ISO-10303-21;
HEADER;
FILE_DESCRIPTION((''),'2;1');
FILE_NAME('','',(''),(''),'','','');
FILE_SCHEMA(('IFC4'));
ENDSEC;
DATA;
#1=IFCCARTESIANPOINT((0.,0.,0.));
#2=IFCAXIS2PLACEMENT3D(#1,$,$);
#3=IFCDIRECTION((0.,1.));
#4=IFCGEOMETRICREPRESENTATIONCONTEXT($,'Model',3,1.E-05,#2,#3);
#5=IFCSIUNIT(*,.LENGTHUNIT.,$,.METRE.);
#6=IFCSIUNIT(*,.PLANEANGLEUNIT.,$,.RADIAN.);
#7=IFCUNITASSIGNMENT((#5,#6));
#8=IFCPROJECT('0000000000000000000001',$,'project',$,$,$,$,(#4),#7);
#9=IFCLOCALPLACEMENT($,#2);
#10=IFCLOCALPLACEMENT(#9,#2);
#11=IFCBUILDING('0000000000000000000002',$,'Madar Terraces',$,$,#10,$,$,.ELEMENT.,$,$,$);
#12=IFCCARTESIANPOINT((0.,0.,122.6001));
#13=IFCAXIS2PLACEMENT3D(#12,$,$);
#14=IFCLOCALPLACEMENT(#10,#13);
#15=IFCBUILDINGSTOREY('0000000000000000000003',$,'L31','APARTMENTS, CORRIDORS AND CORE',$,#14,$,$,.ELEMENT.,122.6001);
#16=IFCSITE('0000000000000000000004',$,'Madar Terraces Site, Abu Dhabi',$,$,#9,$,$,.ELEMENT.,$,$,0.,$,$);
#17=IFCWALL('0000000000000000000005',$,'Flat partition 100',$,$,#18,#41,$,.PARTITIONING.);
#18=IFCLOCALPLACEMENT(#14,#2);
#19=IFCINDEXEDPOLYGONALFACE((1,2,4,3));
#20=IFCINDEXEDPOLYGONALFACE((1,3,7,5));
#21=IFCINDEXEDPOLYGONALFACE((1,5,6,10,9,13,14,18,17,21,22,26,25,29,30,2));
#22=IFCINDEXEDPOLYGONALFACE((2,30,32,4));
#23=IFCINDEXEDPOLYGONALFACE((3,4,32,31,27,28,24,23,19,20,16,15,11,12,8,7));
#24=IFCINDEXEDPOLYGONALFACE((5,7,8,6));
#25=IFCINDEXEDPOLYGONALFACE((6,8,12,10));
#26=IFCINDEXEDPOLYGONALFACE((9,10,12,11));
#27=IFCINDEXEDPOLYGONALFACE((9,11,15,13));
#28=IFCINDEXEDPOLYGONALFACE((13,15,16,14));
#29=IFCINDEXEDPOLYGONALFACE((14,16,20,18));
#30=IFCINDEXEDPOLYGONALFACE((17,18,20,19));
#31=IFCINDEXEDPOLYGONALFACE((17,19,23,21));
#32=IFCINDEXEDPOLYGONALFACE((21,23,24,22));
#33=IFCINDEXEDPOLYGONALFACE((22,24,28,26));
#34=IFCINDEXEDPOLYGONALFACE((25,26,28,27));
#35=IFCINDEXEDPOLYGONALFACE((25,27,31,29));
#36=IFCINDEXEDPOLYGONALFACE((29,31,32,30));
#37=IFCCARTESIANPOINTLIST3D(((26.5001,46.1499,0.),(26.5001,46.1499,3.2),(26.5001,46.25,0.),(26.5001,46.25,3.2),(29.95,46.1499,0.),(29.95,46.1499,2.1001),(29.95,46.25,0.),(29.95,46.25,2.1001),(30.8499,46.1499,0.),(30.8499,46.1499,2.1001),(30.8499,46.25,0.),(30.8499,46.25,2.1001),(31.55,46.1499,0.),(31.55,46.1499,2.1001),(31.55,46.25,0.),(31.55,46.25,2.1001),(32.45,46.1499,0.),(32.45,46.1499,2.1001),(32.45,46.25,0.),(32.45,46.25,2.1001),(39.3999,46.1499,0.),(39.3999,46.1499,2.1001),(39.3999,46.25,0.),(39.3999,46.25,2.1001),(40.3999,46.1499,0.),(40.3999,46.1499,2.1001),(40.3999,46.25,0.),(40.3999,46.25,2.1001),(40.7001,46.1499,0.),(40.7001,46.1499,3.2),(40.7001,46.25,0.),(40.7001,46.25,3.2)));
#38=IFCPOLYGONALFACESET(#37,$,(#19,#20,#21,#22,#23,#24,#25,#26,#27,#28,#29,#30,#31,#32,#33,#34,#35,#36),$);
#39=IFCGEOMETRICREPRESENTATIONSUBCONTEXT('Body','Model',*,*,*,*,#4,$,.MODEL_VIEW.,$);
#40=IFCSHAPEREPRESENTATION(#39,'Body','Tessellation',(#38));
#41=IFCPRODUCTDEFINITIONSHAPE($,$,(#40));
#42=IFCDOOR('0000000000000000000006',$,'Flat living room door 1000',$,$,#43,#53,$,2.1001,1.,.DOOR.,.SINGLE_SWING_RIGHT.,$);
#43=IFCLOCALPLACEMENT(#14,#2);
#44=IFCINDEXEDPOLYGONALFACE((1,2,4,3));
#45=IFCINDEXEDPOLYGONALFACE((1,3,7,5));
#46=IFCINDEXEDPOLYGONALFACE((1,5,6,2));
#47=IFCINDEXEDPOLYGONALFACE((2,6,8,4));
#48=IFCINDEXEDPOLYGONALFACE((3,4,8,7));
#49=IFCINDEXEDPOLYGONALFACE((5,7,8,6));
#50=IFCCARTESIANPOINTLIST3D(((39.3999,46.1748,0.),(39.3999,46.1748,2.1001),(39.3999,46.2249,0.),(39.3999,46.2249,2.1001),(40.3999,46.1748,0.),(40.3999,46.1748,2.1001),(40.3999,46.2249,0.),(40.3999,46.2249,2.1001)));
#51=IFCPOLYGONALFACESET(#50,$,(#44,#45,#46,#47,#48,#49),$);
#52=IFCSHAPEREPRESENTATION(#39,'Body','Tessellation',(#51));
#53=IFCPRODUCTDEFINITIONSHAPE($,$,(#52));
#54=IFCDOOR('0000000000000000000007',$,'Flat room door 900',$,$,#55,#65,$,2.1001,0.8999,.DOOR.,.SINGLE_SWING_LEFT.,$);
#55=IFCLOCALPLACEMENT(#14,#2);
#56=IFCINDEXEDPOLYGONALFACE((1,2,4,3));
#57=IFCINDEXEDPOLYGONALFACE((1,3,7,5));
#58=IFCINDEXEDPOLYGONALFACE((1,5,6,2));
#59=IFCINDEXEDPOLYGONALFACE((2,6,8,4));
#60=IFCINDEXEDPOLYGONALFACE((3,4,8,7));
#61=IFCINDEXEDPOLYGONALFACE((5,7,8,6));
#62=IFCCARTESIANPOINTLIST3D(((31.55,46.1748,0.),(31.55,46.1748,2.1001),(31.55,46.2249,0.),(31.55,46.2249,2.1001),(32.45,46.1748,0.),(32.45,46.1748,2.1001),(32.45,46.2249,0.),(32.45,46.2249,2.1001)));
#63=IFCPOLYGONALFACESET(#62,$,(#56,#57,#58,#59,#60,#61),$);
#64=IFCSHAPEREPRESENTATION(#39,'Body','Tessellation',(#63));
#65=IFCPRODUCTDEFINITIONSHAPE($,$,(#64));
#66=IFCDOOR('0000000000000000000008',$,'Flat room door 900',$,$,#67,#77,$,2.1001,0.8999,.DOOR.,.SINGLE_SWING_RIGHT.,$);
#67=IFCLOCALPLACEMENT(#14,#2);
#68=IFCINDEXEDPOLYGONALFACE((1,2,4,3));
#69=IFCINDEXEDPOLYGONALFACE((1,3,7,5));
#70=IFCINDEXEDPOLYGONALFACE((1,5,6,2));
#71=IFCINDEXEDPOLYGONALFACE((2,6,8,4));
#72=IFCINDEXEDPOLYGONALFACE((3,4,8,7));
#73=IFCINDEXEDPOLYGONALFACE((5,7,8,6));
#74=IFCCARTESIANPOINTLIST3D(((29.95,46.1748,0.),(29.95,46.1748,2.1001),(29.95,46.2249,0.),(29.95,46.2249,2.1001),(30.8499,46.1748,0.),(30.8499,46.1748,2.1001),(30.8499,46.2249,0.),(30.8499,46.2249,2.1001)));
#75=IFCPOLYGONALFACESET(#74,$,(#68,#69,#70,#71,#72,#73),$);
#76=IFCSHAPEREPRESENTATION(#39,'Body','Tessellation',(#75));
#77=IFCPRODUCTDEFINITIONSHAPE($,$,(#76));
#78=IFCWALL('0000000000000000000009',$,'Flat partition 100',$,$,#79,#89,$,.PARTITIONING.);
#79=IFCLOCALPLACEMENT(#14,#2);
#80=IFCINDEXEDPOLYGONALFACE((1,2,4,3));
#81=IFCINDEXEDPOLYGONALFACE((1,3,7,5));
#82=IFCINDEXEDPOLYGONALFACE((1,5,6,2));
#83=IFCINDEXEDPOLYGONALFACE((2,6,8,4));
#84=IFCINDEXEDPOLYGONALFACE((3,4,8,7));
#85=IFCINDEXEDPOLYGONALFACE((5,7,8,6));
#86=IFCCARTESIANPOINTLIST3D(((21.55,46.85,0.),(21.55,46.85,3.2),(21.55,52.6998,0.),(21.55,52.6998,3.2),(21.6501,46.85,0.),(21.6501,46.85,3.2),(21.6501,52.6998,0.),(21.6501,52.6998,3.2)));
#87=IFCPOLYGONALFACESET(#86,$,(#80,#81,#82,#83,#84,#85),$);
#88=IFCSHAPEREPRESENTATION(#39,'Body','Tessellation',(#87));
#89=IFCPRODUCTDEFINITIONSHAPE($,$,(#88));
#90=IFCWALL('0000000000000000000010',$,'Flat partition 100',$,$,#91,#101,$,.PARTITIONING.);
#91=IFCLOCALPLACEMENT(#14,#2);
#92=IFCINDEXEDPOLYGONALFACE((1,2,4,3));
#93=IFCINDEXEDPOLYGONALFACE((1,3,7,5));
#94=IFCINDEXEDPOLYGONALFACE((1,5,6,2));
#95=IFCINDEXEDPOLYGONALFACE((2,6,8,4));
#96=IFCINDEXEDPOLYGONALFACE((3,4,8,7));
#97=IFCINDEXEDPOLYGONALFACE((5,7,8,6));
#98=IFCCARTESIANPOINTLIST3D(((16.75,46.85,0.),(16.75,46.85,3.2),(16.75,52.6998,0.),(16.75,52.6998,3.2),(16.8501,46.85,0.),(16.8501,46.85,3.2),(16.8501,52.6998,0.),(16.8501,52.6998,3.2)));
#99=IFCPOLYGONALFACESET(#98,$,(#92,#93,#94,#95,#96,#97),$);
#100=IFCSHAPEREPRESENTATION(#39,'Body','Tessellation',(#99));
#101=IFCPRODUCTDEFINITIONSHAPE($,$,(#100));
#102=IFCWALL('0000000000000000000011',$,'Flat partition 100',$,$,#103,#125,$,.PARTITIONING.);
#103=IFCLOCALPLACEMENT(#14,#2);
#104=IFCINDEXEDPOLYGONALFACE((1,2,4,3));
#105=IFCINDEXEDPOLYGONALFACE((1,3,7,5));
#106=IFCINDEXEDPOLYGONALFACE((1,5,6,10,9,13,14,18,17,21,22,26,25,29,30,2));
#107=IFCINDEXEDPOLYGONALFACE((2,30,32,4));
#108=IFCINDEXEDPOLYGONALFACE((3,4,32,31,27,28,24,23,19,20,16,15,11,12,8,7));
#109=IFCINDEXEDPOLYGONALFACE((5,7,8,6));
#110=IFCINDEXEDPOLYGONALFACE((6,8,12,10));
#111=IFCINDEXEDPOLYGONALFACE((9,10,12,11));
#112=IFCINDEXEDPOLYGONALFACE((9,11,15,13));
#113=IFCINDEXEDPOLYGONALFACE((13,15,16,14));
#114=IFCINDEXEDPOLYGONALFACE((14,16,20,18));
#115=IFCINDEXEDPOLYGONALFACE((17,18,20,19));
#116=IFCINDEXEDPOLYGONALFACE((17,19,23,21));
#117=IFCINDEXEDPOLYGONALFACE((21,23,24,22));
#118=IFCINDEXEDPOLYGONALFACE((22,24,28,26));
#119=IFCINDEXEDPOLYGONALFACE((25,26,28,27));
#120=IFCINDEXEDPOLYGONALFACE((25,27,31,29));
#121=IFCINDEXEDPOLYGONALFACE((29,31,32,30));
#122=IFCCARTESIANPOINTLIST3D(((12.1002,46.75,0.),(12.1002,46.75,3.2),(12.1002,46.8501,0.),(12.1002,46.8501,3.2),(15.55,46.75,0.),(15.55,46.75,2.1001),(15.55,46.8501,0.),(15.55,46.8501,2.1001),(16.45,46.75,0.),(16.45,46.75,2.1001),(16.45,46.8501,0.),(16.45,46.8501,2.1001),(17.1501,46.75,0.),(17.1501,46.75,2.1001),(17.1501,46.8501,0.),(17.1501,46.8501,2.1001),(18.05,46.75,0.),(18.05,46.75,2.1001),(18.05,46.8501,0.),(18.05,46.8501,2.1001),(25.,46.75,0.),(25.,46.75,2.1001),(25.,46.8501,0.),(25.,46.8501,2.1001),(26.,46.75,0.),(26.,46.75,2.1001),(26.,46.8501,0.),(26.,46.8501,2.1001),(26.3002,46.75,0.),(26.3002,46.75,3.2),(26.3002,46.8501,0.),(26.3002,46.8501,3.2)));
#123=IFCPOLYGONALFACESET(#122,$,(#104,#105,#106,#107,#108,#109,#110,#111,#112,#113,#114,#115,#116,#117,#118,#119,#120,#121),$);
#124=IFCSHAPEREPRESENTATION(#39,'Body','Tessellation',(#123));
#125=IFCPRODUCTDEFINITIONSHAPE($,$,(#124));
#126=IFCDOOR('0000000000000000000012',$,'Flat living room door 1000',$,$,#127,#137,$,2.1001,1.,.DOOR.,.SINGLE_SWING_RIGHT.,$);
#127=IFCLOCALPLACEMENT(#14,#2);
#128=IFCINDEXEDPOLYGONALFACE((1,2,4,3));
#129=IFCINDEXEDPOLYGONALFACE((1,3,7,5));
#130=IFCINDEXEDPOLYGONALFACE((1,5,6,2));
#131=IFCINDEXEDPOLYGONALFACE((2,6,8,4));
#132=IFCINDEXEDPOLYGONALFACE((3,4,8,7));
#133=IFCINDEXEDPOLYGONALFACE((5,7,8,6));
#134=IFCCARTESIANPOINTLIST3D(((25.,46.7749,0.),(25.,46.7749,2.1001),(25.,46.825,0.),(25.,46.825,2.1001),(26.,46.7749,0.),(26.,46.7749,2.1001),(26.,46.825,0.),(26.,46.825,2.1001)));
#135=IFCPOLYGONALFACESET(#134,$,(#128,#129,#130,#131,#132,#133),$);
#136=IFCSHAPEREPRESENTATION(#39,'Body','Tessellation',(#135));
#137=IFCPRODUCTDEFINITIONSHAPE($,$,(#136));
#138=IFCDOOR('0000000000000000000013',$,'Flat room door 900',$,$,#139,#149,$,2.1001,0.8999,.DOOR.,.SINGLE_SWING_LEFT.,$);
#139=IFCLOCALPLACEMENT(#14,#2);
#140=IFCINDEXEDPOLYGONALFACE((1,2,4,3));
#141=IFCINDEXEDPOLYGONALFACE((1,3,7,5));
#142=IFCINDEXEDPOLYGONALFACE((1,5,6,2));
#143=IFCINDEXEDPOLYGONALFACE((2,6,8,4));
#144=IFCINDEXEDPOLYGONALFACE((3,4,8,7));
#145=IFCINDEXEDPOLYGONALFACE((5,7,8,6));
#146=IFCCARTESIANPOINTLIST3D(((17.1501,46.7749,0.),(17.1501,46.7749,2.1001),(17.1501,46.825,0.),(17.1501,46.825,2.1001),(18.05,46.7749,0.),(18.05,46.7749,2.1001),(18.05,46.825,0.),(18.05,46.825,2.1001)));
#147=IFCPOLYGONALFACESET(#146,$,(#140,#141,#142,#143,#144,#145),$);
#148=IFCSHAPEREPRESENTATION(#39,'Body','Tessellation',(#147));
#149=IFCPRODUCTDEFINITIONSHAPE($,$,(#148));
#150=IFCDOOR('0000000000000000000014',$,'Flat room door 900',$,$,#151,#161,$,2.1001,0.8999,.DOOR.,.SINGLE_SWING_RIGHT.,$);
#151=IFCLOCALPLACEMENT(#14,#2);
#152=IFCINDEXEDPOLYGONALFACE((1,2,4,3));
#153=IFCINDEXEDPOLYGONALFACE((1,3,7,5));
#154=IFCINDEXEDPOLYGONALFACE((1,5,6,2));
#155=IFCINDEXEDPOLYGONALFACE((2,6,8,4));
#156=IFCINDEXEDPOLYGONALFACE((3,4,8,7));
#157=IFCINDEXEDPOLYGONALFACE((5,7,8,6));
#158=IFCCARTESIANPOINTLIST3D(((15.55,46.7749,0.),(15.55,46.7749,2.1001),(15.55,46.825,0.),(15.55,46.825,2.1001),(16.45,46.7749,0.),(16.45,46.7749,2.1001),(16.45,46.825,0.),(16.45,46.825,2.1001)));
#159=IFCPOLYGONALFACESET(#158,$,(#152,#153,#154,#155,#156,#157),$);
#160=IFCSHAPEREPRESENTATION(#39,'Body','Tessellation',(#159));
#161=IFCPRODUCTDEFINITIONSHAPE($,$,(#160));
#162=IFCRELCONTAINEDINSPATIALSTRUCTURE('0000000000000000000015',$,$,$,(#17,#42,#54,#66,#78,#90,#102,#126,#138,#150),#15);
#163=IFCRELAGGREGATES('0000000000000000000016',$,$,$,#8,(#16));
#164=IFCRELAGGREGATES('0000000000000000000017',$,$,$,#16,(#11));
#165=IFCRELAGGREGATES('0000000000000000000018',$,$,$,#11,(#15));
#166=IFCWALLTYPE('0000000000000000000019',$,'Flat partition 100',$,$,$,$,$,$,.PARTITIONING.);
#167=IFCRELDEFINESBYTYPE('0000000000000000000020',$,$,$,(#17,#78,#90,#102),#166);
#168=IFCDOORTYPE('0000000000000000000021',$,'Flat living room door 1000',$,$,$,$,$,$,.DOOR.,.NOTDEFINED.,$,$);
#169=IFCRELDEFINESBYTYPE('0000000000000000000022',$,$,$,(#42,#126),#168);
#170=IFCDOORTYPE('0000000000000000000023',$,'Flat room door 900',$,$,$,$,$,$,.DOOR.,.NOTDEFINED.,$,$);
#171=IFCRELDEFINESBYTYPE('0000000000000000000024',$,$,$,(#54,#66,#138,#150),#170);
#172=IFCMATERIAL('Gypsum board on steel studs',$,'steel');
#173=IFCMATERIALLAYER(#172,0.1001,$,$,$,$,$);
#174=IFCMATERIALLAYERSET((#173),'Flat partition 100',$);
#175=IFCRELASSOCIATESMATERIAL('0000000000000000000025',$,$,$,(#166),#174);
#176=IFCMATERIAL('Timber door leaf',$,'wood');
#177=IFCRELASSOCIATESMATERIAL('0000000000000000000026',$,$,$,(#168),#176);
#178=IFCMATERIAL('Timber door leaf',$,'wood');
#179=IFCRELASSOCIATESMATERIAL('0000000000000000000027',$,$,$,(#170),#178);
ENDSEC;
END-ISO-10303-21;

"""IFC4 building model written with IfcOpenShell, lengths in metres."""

from ifc_helpers import new_model, si_unit, direction, frame, frame_2d, origin, place, context, subcontext, project, spatial, rectangle, extrude, material, layer, layer_set, type_object, element, fill, save


model = new_model("IFC4")

# Units and contexts
model_context = context("Model", 3, precision=1e-05, world=origin(), true_north=direction((0.0, 1.0)))
body_context = subcontext(model_context, "Body", "Model", "MODEL_VIEW")
ifc_project = project(units=[si_unit("LENGTHUNIT", "METRE"), si_unit("PLANEANGLEUNIT", "RADIAN")], contexts=[model_context])

# Site, building, storey
site_placement = place(None, origin())
site = spatial("IfcSite", under=ifc_project, at=site_placement, Name="Madar Terraces Site, Abu Dhabi", CompositionType="ELEMENT", RefElevation=0.0)
building_placement = place(site_placement, origin())
building = spatial("IfcBuilding", under=site, at=building_placement, Name="Madar Terraces", CompositionType="ELEMENT")
storey_placement = place(building_placement, frame((0.0, 0.0, 122.6001)))
storey = spatial("IfcBuildingStorey", under=building, at=storey_placement, Name="L31", Description="APARTMENTS, CORRIDORS AND CORE", CompositionType="ELEMENT", Elevation=122.6001)

# Wall, openings, doors
ifc_material_1 = material(Name="Gypsum board on steel studs", Category="steel")
ifc_layer_1 = layer(ifc_material_1, 0.1001)
ifc_layer_set_1 = layer_set([ifc_layer_1], Name="Flat partition 100")
wall_type_1 = type_object("IfcWallType", Name="Flat partition 100", PredefinedType="PARTITIONING", material=ifc_layer_set_1)
wall_1_placement = place(storey_placement, frame((26.5, 46.2, 0.0), z_axis=(0.0, 0.0, 1.0), x_axis=(1.0, 0.0, 0.0)))
wall_1 = element("IfcWall", 1, at=wall_1_placement, inside=storey, type_object=wall_type_1, Name="Flat partition 100", PredefinedType="PARTITIONING", context=body_context, shape_type="SweptSolid", body=[
    extrude(rectangle(XDim=14.2, YDim=0.1001, at=frame_2d((7.1001, 0.0))), origin(), (0.0, 0.0, 1.0), 3.2),
])
opening_1_placement = place(wall_1_placement, frame((12.8999, 0.0, 0.0)))
opening_1 = element("IfcOpeningElement", 2, at=opening_1_placement, cuts=wall_1, PredefinedType="OPENING", context=body_context, shape_type="SweptSolid", body=[
    extrude(rectangle(XDim=1.0, YDim=2.1001, at=frame_2d((0.5, 1.05))), frame((0.0, 0.0601, 0.0), z_axis=(0.0, -1.0, 0.0), x_axis=(1.0, 0.0, 0.0)), (0.0, 0.0, 1.0), 0.1201),
])
opening_2_placement = place(wall_1_placement, frame((5.05, 0.0, 0.0)))
opening_2 = element("IfcOpeningElement", 3, at=opening_2_placement, cuts=wall_1, PredefinedType="OPENING", context=body_context, shape_type="SweptSolid", body=[
    extrude(rectangle(XDim=0.8999, YDim=2.1001, at=frame_2d((0.45, 1.05))), frame((0.0, 0.0601, 0.0), z_axis=(0.0, -1.0, 0.0), x_axis=(1.0, 0.0, 0.0)), (0.0, 0.0, 1.0), 0.1201),
])
opening_3_placement = place(wall_1_placement, frame((3.45, 0.0, 0.0)))
opening_3 = element("IfcOpeningElement", 4, at=opening_3_placement, cuts=wall_1, PredefinedType="OPENING", context=body_context, shape_type="SweptSolid", body=[
    extrude(rectangle(XDim=0.8999, YDim=2.1001, at=frame_2d((0.45, 1.05))), frame((0.0, 0.0601, 0.0), z_axis=(0.0, -1.0, 0.0), x_axis=(1.0, 0.0, 0.0)), (0.0, 0.0, 1.0), 0.1201),
])
ifc_material_2 = material(Name="Timber door leaf", Category="wood")
door_type_1 = type_object("IfcDoorType", Name="Flat living room door 1000", OperationType="NOTDEFINED", PredefinedType="DOOR", material=ifc_material_2)
door_1_placement = place(opening_1_placement, origin())
door_1 = element("IfcDoor", 5, at=door_1_placement, inside=storey, type_object=door_type_1, Name="Flat living room door 1000", OperationType="SINGLE_SWING_RIGHT", OverallHeight=2.1001, OverallWidth=1.0, PredefinedType="DOOR", context=body_context, shape_type="SweptSolid", body=[
    extrude(rectangle(XDim=1.0, YDim=2.1001, at=frame_2d((0.5, 1.05))), frame((0.0, 0.0249, 0.0), z_axis=(0.0, -1.0, 0.0), x_axis=(1.0, 0.0, 0.0)), (0.0, 0.0, 1.0), 0.05),
])
fill(opening_1, door_1)
ifc_material_3 = material(Name="Timber door leaf", Category="wood")
door_type_2 = type_object("IfcDoorType", Name="Flat room door 900", OperationType="NOTDEFINED", PredefinedType="DOOR", material=ifc_material_3)
door_2_placement = place(opening_2_placement, origin())
door_2 = element("IfcDoor", 6, at=door_2_placement, inside=storey, type_object=door_type_2, Name="Flat room door 900", OperationType="SINGLE_SWING_LEFT", OverallHeight=2.1001, OverallWidth=0.8999, PredefinedType="DOOR", context=body_context, shape_type="SweptSolid", body=[
    extrude(rectangle(XDim=0.8999, YDim=2.1001, at=frame_2d((0.45, 1.05))), frame((0.0, 0.0249, 0.0), z_axis=(0.0, -1.0, 0.0), x_axis=(1.0, 0.0, 0.0)), (0.0, 0.0, 1.0), 0.05),
])
fill(opening_2, door_2)
door_3_placement = place(opening_3_placement, origin())
door_3 = element("IfcDoor", 7, at=door_3_placement, inside=storey, type_object=door_type_2, Name="Flat room door 900", OperationType="SINGLE_SWING_RIGHT", OverallHeight=2.1001, OverallWidth=0.8999, PredefinedType="DOOR", context=body_context, shape_type="SweptSolid", body=[
    extrude(rectangle(XDim=0.8999, YDim=2.1001, at=frame_2d((0.45, 1.05))), frame((0.0, 0.0249, 0.0), z_axis=(0.0, -1.0, 0.0), x_axis=(1.0, 0.0, 0.0)), (0.0, 0.0, 1.0), 0.05),
])
fill(opening_3, door_3)

# Walls
for number, where, z_axis, x_axis, name in (
    (8, (21.6001, 46.8501, 0.0), (0.0, 0.0, 1.0), (0.0, 1.0, 0.0), "Flat partition 100"),
    (9, (16.8, 46.8501, 0.0), (0.0, 0.0, 1.0), (0.0, 1.0, 0.0), "Flat partition 100"),
):
    element("IfcWall", number, at=place(storey_placement, frame(where, z_axis=z_axis, x_axis=x_axis)), inside=storey, type_object=wall_type_1, Name=name, PredefinedType="PARTITIONING", context=body_context, shape_type="SweptSolid", body=[
        extrude(rectangle(XDim=5.8499, YDim=0.1001, at=frame_2d((2.9248, 0.0))), origin(), (0.0, 0.0, 1.0), 3.2),
    ])

# Wall, openings, doors
wall_2_placement = place(storey_placement, frame((12.1001, 46.8, 0.0), z_axis=(0.0, 0.0, 1.0), x_axis=(1.0, 0.0, 0.0)))
wall_2 = element("IfcWall", 10, at=wall_2_placement, inside=storey, type_object=wall_type_1, Name="Flat partition 100", PredefinedType="PARTITIONING", context=body_context, shape_type="SweptSolid", body=[
    extrude(rectangle(XDim=14.2, YDim=0.1001, at=frame_2d((7.1001, 0.0))), origin(), (0.0, 0.0, 1.0), 3.2),
])
opening_4_placement = place(wall_2_placement, frame((12.8999, 0.0, 0.0)))
opening_4 = element("IfcOpeningElement", 11, at=opening_4_placement, cuts=wall_2, PredefinedType="OPENING", context=body_context, shape_type="SweptSolid", body=[
    extrude(rectangle(XDim=1.0, YDim=2.1001, at=frame_2d((0.5, 1.05))), frame((0.0, 0.0601, 0.0), z_axis=(0.0, -1.0, 0.0), x_axis=(1.0, 0.0, 0.0)), (0.0, 0.0, 1.0), 0.1201),
])
opening_5_placement = place(wall_2_placement, frame((5.05, 0.0, 0.0)))
opening_5 = element("IfcOpeningElement", 12, at=opening_5_placement, cuts=wall_2, PredefinedType="OPENING", context=body_context, shape_type="SweptSolid", body=[
    extrude(rectangle(XDim=0.8999, YDim=2.1001, at=frame_2d((0.45, 1.05))), frame((0.0, 0.0601, 0.0), z_axis=(0.0, -1.0, 0.0), x_axis=(1.0, 0.0, 0.0)), (0.0, 0.0, 1.0), 0.1201),
])
opening_6_placement = place(wall_2_placement, frame((3.45, 0.0, 0.0)))
opening_6 = element("IfcOpeningElement", 13, at=opening_6_placement, cuts=wall_2, PredefinedType="OPENING", context=body_context, shape_type="SweptSolid", body=[
    extrude(rectangle(XDim=0.8999, YDim=2.1001, at=frame_2d((0.45, 1.05))), frame((0.0, 0.0601, 0.0), z_axis=(0.0, -1.0, 0.0), x_axis=(1.0, 0.0, 0.0)), (0.0, 0.0, 1.0), 0.1201),
])
door_4_placement = place(opening_4_placement, origin())
door_4 = element("IfcDoor", 14, at=door_4_placement, inside=storey, type_object=door_type_1, Name="Flat living room door 1000", OperationType="SINGLE_SWING_RIGHT", OverallHeight=2.1001, OverallWidth=1.0, PredefinedType="DOOR", context=body_context, shape_type="SweptSolid", body=[
    extrude(rectangle(XDim=1.0, YDim=2.1001, at=frame_2d((0.5, 1.05))), frame((0.0, 0.0249, 0.0), z_axis=(0.0, -1.0, 0.0), x_axis=(1.0, 0.0, 0.0)), (0.0, 0.0, 1.0), 0.05),
])
fill(opening_4, door_4)
door_5_placement = place(opening_5_placement, origin())
door_5 = element("IfcDoor", 15, at=door_5_placement, inside=storey, type_object=door_type_2, Name="Flat room door 900", OperationType="SINGLE_SWING_LEFT", OverallHeight=2.1001, OverallWidth=0.8999, PredefinedType="DOOR", context=body_context, shape_type="SweptSolid", body=[
    extrude(rectangle(XDim=0.8999, YDim=2.1001, at=frame_2d((0.45, 1.05))), frame((0.0, 0.0249, 0.0), z_axis=(0.0, -1.0, 0.0), x_axis=(1.0, 0.0, 0.0)), (0.0, 0.0, 1.0), 0.05),
])
fill(opening_5, door_5)
door_6_placement = place(opening_6_placement, origin())
door_6 = element("IfcDoor", 16, at=door_6_placement, inside=storey, type_object=door_type_2, Name="Flat room door 900", OperationType="SINGLE_SWING_RIGHT", OverallHeight=2.1001, OverallWidth=0.8999, PredefinedType="DOOR", context=body_context, shape_type="SweptSolid", body=[
    extrude(rectangle(XDim=0.8999, YDim=2.1001, at=frame_2d((0.45, 1.05))), frame((0.0, 0.0249, 0.0), z_axis=(0.0, -1.0, 0.0), x_axis=(1.0, 0.0, 0.0)), (0.0, 0.0, 1.0), 0.05),
])
fill(opening_6, door_6)

save(model, "model.ifc")
